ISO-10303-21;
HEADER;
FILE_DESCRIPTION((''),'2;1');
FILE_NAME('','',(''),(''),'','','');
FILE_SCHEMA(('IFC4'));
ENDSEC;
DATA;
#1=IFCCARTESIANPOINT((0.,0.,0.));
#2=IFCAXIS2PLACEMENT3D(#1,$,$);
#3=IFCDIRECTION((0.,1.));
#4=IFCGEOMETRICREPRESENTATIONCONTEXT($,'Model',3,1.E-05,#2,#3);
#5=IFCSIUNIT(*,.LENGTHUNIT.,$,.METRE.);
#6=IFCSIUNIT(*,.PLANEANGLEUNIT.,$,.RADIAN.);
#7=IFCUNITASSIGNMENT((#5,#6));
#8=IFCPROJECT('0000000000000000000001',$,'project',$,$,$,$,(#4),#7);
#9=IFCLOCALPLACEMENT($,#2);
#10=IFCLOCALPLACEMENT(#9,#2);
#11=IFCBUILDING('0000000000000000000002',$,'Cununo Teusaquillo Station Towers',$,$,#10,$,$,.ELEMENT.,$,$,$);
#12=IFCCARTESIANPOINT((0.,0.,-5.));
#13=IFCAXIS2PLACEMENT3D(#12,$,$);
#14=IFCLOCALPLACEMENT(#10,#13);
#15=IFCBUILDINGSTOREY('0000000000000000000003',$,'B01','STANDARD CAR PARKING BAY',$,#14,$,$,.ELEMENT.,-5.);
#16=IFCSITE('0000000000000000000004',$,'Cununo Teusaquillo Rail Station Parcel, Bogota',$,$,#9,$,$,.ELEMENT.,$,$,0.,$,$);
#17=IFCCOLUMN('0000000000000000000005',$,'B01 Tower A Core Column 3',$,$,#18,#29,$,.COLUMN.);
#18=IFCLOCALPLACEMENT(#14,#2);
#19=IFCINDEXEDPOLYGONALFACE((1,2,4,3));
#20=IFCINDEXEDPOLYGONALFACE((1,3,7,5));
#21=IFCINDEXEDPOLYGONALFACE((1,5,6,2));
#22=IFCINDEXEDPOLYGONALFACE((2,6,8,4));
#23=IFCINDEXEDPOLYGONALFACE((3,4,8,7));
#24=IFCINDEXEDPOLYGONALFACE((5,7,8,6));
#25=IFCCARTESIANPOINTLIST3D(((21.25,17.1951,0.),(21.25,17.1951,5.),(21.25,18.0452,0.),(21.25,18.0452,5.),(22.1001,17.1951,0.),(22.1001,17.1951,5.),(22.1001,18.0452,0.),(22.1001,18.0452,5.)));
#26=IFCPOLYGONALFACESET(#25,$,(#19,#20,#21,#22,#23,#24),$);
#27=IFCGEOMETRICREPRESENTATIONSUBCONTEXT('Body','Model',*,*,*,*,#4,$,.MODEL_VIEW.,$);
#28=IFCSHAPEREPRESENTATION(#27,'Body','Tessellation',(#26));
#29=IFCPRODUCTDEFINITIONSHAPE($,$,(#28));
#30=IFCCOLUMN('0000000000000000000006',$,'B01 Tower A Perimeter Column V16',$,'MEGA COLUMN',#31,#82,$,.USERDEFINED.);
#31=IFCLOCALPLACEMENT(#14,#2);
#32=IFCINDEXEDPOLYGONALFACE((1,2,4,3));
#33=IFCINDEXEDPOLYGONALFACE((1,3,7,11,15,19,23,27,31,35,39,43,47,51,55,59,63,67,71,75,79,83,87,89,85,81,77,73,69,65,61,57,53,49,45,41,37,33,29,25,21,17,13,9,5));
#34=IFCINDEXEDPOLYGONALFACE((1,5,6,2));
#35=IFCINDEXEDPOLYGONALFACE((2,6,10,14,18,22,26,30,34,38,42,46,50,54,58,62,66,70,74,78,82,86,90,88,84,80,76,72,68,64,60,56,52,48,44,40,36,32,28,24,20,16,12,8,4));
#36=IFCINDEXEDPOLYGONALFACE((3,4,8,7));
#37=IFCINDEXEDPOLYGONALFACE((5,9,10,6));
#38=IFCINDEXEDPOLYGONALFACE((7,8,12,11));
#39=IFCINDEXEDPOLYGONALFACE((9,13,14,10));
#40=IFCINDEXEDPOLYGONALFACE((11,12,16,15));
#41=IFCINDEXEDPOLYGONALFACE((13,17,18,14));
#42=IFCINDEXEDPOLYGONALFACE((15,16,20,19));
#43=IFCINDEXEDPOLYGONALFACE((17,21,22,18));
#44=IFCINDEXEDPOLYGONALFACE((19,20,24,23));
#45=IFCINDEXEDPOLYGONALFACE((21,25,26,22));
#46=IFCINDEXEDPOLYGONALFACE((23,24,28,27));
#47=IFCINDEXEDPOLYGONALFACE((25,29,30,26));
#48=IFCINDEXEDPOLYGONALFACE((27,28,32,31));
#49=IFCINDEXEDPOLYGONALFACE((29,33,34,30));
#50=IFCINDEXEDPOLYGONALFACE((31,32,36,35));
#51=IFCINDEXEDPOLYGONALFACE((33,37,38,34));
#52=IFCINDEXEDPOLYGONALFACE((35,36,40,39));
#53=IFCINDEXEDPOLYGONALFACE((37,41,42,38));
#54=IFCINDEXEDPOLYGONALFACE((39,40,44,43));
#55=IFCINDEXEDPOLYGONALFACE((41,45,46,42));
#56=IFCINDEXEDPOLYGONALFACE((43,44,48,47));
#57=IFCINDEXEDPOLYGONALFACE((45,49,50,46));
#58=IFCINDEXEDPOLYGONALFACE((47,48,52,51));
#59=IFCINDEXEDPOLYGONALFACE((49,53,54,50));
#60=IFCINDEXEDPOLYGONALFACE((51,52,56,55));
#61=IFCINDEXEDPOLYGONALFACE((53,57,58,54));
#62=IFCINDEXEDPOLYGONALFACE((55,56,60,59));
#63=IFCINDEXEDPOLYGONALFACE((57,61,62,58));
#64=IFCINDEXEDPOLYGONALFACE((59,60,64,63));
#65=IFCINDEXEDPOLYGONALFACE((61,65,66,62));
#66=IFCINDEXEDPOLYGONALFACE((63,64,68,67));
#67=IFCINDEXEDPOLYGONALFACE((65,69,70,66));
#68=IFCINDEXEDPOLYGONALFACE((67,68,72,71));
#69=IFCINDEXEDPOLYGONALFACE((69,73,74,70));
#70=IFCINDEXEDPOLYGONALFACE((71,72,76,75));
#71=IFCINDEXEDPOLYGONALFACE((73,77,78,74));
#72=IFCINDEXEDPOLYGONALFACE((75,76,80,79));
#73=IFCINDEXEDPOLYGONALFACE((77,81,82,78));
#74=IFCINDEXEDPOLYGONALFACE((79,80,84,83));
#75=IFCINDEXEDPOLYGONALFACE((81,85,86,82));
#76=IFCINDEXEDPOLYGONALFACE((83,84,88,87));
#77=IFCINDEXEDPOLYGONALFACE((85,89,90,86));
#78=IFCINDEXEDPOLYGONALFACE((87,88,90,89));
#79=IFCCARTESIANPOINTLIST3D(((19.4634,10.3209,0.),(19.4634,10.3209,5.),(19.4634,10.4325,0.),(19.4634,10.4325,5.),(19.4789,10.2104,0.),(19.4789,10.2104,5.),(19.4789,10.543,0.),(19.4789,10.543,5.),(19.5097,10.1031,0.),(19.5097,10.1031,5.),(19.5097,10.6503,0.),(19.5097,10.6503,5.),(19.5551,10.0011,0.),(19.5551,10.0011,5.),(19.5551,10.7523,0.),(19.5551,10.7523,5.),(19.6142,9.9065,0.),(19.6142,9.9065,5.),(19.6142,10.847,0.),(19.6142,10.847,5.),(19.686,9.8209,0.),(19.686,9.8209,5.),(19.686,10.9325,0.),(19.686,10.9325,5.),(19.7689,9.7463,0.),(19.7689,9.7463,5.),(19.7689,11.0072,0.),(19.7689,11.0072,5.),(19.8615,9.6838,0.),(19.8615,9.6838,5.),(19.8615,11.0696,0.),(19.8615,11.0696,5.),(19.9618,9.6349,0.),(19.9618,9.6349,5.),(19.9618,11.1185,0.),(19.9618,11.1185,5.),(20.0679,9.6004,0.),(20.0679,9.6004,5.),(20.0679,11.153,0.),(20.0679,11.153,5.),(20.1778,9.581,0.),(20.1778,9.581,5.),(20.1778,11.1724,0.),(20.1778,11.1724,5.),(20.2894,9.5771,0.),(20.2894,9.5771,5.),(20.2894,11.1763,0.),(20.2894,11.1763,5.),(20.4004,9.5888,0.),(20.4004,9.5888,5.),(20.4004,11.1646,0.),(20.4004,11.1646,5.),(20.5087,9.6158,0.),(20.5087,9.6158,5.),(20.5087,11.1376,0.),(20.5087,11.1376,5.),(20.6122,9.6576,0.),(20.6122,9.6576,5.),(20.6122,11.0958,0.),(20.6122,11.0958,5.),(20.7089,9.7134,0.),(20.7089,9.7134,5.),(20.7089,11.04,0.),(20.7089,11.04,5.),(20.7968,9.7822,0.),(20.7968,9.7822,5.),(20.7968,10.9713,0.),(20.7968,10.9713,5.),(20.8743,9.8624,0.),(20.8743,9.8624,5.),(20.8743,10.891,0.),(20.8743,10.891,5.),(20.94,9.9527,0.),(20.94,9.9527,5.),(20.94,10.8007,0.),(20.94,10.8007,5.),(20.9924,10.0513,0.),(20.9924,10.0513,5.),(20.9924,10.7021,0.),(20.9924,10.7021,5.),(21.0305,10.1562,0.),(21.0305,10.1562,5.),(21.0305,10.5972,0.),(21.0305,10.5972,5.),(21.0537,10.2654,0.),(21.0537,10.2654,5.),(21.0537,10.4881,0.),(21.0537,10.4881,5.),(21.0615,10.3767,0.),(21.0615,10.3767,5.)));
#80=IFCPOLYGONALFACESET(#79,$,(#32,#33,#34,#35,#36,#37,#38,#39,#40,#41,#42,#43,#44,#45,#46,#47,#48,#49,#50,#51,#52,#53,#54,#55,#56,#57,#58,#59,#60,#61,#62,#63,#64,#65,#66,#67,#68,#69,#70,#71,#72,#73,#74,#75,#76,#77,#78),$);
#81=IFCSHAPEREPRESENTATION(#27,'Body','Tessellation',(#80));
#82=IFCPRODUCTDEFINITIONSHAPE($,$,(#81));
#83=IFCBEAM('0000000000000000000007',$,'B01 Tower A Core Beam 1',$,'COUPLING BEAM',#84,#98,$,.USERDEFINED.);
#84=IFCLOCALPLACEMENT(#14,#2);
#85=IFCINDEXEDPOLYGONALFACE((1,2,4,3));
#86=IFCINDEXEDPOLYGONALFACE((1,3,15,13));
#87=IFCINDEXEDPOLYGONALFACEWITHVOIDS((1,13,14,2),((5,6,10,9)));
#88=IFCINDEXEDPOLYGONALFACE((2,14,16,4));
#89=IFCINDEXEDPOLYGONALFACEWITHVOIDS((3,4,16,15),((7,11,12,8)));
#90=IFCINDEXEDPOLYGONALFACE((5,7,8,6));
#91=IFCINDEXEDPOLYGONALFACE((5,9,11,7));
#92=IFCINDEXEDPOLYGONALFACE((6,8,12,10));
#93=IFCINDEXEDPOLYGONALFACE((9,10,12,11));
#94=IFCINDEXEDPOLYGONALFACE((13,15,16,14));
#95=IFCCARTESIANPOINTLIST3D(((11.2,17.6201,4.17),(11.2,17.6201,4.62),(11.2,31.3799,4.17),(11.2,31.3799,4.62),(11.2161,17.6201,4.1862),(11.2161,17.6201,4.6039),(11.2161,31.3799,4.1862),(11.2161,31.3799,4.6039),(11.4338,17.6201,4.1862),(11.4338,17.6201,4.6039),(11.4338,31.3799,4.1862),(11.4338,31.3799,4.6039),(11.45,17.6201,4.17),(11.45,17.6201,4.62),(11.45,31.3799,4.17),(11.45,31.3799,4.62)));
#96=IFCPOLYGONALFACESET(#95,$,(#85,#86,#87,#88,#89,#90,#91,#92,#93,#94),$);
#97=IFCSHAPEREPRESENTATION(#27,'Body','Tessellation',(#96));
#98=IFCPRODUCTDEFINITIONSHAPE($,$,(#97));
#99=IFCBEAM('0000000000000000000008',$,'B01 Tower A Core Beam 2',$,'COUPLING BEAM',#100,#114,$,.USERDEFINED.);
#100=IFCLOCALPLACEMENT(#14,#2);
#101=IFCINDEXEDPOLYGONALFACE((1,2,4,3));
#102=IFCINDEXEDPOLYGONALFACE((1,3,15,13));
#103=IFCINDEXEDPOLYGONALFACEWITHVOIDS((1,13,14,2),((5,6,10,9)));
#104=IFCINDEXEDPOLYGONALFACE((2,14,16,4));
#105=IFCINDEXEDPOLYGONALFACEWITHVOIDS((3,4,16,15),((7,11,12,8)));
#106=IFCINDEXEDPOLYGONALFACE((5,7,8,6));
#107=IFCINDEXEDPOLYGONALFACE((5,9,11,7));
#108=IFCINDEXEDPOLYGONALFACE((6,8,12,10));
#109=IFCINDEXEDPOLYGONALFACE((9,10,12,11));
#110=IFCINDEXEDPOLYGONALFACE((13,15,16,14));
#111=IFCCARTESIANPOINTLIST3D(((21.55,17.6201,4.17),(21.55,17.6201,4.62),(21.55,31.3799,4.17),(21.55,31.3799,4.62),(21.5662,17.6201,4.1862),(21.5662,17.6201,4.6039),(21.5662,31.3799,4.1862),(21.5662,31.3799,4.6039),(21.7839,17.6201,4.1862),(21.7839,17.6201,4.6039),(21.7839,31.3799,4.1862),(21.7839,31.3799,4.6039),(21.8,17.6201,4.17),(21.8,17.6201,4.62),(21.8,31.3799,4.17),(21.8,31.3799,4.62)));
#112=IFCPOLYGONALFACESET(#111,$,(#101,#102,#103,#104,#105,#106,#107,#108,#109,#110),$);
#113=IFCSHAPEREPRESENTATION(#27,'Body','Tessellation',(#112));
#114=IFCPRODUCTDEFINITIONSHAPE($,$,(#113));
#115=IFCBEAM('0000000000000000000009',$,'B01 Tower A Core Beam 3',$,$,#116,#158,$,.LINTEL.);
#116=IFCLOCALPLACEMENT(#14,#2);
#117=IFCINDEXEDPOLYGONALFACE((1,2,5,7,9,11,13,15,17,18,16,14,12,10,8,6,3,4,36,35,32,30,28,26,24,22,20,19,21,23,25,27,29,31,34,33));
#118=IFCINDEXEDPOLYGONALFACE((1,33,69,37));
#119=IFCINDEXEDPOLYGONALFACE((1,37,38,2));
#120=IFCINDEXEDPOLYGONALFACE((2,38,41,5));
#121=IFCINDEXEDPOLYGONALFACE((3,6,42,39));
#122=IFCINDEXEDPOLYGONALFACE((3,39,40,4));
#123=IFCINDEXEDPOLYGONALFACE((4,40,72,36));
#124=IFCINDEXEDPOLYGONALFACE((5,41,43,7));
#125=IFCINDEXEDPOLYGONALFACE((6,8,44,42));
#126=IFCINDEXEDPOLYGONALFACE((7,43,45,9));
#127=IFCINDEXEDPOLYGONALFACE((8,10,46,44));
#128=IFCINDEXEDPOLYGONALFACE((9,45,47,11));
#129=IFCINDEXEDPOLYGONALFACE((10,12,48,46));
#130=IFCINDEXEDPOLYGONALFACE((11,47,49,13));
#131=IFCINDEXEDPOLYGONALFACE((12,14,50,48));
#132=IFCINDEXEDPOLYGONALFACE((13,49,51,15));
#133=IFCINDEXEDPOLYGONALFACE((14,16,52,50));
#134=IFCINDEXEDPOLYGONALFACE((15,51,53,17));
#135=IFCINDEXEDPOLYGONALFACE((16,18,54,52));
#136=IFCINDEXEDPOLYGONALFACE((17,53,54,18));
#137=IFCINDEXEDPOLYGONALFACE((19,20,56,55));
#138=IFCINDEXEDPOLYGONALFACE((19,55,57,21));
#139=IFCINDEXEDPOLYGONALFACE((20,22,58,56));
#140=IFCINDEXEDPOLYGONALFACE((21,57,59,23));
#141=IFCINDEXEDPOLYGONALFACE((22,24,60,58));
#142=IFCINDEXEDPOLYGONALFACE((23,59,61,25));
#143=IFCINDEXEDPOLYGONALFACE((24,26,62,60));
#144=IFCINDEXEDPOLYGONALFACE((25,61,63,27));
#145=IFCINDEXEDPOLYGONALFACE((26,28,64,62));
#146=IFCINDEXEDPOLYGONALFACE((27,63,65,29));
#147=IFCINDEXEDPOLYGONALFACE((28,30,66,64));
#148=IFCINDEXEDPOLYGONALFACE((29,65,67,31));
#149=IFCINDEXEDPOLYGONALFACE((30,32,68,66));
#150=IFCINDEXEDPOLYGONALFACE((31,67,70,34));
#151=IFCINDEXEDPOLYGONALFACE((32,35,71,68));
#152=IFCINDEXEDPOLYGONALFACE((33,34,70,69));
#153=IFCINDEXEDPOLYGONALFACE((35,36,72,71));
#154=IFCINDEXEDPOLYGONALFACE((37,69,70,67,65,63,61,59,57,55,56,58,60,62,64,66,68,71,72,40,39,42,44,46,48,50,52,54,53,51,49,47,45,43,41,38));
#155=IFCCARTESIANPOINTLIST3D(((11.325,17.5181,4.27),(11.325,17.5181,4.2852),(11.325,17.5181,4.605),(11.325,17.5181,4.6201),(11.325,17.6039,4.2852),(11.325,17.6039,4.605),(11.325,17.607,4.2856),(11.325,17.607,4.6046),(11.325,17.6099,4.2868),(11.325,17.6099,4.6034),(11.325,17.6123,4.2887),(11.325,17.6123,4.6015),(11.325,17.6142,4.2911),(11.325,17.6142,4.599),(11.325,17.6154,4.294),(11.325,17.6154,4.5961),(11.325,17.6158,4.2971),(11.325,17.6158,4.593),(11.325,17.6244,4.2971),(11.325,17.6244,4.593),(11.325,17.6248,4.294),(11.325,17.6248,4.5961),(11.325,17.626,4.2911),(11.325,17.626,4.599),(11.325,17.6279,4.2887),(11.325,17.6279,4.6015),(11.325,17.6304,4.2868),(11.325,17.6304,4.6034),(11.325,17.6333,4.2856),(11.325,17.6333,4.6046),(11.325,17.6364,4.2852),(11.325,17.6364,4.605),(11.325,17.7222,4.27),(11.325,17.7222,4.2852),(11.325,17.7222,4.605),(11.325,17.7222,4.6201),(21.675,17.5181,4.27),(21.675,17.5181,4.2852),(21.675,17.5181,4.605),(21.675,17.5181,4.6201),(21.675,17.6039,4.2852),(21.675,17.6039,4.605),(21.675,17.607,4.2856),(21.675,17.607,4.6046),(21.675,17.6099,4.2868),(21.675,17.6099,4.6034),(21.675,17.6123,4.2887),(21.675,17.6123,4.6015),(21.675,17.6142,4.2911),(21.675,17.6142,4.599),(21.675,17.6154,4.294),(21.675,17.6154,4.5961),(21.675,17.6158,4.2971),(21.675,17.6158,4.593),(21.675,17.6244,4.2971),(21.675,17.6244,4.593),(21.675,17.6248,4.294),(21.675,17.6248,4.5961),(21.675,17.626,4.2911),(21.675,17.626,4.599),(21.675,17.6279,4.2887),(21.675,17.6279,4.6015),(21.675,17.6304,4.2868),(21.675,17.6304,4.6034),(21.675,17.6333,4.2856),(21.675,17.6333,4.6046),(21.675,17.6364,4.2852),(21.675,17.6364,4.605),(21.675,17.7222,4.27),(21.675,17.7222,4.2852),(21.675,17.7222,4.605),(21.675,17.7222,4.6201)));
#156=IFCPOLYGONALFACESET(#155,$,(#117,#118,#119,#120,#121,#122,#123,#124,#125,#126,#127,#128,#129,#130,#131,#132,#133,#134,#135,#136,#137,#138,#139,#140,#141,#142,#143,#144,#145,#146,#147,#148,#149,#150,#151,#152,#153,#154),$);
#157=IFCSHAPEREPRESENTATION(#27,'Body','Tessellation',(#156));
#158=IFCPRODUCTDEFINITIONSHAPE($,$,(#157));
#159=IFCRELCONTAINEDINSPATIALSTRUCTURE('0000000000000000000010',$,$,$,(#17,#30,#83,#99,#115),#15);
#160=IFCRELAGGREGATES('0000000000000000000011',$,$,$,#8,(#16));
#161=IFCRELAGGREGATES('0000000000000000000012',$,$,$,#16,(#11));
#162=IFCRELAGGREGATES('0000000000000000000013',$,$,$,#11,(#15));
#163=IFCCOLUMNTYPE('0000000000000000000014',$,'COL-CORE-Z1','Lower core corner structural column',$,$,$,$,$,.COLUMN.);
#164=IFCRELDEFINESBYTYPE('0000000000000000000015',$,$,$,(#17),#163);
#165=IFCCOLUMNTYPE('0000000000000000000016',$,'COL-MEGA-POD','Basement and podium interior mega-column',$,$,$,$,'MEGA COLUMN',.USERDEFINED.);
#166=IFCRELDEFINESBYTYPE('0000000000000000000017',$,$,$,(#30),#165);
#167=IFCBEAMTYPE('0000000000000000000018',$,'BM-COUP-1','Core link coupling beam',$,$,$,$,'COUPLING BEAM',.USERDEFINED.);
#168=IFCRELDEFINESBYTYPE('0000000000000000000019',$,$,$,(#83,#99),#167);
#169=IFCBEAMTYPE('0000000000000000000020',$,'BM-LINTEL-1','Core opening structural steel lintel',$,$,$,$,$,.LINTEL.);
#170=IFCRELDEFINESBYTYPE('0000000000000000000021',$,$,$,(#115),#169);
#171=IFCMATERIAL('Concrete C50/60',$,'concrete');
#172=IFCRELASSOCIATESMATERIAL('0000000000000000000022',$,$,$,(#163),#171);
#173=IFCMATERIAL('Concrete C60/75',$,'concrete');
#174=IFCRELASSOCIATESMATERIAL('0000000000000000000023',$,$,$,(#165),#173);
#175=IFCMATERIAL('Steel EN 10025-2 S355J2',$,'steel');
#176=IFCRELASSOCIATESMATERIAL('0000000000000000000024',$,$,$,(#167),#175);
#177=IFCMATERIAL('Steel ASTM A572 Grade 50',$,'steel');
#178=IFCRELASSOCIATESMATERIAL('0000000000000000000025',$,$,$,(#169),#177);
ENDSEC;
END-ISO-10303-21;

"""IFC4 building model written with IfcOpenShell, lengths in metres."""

from ifc_helpers import new_model, si_unit, direction, frame, origin, origin_2d, place, context, subcontext, project, spatial, rectangle, hollow_rectangle, circle, i_section, extrude, material, material_profile, profile_set, type_object, element, save


model = new_model("IFC4")

# Units and contexts
model_context = context("Model", 3, precision=1e-05, world=origin(), true_north=direction((0.0, 1.0)))
body_context = subcontext(model_context, "Body", "Model", "MODEL_VIEW")
ifc_project = project(units=[si_unit("LENGTHUNIT", "METRE"), si_unit("PLANEANGLEUNIT", "RADIAN")], contexts=[model_context])

# Site, building, storey
site_placement = place(None, origin())
site = spatial("IfcSite", under=ifc_project, at=site_placement, Name="Cununo Teusaquillo Rail Station Parcel, Bogota", CompositionType="ELEMENT", RefElevation=0.0)
building_placement = place(site_placement, origin())
building = spatial("IfcBuilding", under=site, at=building_placement, Name="Cununo Teusaquillo Station Towers", CompositionType="ELEMENT")
storey_placement = place(building_placement, frame((0.0, 0.0, -5.0)))
storey = spatial("IfcBuildingStorey", under=building, at=storey_placement, Name="B01", Description="STANDARD CAR PARKING BAY", CompositionType="ELEMENT", Elevation=-5.0)

# Columns
ifc_material_1 = material(Name="Concrete C50/60", Category="concrete")
ifc_material_profile_1 = material_profile(ifc_material_1, rectangle(XDim=0.8501, YDim=0.8501, at=origin_2d()), Name="RC-RECT-850x850")
ifc_profile_set_1 = profile_set([ifc_material_profile_1], Name="Concrete C50/60")
column_type_1 = type_object("IfcColumnType", Name="COL-CORE-Z1", Description="Lower core corner structural column", PredefinedType="COLUMN", material=ifc_profile_set_1)
column_1_placement = place(storey_placement, frame((21.675, 17.6201, 0.0), z_axis=(0.0, 0.0, 1.0), x_axis=(1.0, 0.0, 0.0)))
element("IfcColumn", 1, at=column_1_placement, inside=storey, type_object=column_type_1, Name="B01 Tower A Core Column 3", PredefinedType="COLUMN", context=body_context, shape_type="SweptSolid", body=[
    extrude(rectangle(XDim=0.8501, YDim=0.8501, at=origin_2d()), origin(), (0.0, 0.0, 1.0), 5.0),
])
ifc_material_2 = material(Name="Concrete C60/75", Category="concrete")
ifc_material_profile_2 = material_profile(ifc_material_2, circle(Radius=0.8, at=origin_2d()), Name="RC-CIRC-1600")
ifc_profile_set_2 = profile_set([ifc_material_profile_2], Name="Concrete C60/75")
column_type_2 = type_object("IfcColumnType", Name="COL-MEGA-POD", Description="Basement and podium interior mega-column", ElementType="MEGA COLUMN", PredefinedType="USERDEFINED", material=ifc_profile_set_2)
column_2_placement = place(storey_placement, frame((20.2615, 10.3767, 0.0), z_axis=(0.0, 0.0, 1.0), x_axis=(1.0, 0.0, 0.0)))
element("IfcColumn", 2, at=column_2_placement, inside=storey, type_object=column_type_2, Name="B01 Tower A Perimeter Column V16", ObjectType="MEGA COLUMN", PredefinedType="USERDEFINED", context=body_context, shape_type="SweptSolid", body=[
    extrude(circle(Radius=0.8, at=origin_2d()), origin(), (0.0, 0.0, 1.0), 5.0),
])

# Beams
ifc_material_3 = material(Name="Steel EN 10025-2 S355J2", Category="steel")
ifc_material_profile_3 = material_profile(ifc_material_3, hollow_rectangle(XDim=0.25, YDim=0.45, WallThickness=0.0161, at=origin_2d()), Name="RHS 450x250x16")
ifc_profile_set_3 = profile_set([ifc_material_profile_3], Name="Steel EN 10025-2 S355J2")
beam_type_1 = type_object("IfcBeamType", Name="BM-COUP-1", Description="Core link coupling beam", ElementType="COUPLING BEAM", PredefinedType="USERDEFINED", material=ifc_profile_set_3)
for number, where, z_axis, x_axis, name in (
    (3, (11.325, 17.6201, 4.395), (0.0, 1.0, 0.0), (-1.0, 0.0, 0.0), "B01 Tower A Core Beam 1"),
    (4, (21.675, 17.6201, 4.395), (0.0, 1.0, 0.0), (-1.0, 0.0, 0.0), "B01 Tower A Core Beam 2"),
):
    element("IfcBeam", number, at=place(storey_placement, frame(where, z_axis=z_axis, x_axis=x_axis)), inside=storey, type_object=beam_type_1, Name=name, ObjectType="COUPLING BEAM", PredefinedType="USERDEFINED", context=body_context, shape_type="SweptSolid", body=[
        extrude(hollow_rectangle(XDim=0.25, YDim=0.45, WallThickness=0.0161, at=origin_2d()), origin(), (0.0, 0.0, 1.0), 13.7598),
    ])
ifc_material_4 = material(Name="Steel ASTM A572 Grade 50", Category="steel")
ifc_material_profile_4 = material_profile(ifc_material_4, i_section(OverallWidth=0.2041, OverallDepth=0.3501, WebThickness=0.0085, FlangeThickness=0.0151, FilletRadius=0.012, at=origin_2d()), Name="W14X48")
ifc_profile_set_4 = profile_set([ifc_material_profile_4], Name="Steel ASTM A572 Grade 50")
beam_type_2 = type_object("IfcBeamType", Name="BM-LINTEL-1", Description="Core opening structural steel lintel", PredefinedType="LINTEL", material=ifc_profile_set_4)
beam_1_placement = place(storey_placement, frame((11.325, 17.6201, 4.4451), z_axis=(1.0, 0.0, 0.0), x_axis=(0.0, 1.0, 0.0)))
element("IfcBeam", 5, at=beam_1_placement, inside=storey, type_object=beam_type_2, Name="B01 Tower A Core Beam 3", PredefinedType="LINTEL", context=body_context, shape_type="SweptSolid", body=[
    extrude(i_section(OverallWidth=0.2041, OverallDepth=0.3501, WebThickness=0.0085, FlangeThickness=0.0151, FilletRadius=0.012, at=origin_2d()), origin(), (0.0, 0.0, 1.0), 10.3501),
])

save(model, "model.ifc")
